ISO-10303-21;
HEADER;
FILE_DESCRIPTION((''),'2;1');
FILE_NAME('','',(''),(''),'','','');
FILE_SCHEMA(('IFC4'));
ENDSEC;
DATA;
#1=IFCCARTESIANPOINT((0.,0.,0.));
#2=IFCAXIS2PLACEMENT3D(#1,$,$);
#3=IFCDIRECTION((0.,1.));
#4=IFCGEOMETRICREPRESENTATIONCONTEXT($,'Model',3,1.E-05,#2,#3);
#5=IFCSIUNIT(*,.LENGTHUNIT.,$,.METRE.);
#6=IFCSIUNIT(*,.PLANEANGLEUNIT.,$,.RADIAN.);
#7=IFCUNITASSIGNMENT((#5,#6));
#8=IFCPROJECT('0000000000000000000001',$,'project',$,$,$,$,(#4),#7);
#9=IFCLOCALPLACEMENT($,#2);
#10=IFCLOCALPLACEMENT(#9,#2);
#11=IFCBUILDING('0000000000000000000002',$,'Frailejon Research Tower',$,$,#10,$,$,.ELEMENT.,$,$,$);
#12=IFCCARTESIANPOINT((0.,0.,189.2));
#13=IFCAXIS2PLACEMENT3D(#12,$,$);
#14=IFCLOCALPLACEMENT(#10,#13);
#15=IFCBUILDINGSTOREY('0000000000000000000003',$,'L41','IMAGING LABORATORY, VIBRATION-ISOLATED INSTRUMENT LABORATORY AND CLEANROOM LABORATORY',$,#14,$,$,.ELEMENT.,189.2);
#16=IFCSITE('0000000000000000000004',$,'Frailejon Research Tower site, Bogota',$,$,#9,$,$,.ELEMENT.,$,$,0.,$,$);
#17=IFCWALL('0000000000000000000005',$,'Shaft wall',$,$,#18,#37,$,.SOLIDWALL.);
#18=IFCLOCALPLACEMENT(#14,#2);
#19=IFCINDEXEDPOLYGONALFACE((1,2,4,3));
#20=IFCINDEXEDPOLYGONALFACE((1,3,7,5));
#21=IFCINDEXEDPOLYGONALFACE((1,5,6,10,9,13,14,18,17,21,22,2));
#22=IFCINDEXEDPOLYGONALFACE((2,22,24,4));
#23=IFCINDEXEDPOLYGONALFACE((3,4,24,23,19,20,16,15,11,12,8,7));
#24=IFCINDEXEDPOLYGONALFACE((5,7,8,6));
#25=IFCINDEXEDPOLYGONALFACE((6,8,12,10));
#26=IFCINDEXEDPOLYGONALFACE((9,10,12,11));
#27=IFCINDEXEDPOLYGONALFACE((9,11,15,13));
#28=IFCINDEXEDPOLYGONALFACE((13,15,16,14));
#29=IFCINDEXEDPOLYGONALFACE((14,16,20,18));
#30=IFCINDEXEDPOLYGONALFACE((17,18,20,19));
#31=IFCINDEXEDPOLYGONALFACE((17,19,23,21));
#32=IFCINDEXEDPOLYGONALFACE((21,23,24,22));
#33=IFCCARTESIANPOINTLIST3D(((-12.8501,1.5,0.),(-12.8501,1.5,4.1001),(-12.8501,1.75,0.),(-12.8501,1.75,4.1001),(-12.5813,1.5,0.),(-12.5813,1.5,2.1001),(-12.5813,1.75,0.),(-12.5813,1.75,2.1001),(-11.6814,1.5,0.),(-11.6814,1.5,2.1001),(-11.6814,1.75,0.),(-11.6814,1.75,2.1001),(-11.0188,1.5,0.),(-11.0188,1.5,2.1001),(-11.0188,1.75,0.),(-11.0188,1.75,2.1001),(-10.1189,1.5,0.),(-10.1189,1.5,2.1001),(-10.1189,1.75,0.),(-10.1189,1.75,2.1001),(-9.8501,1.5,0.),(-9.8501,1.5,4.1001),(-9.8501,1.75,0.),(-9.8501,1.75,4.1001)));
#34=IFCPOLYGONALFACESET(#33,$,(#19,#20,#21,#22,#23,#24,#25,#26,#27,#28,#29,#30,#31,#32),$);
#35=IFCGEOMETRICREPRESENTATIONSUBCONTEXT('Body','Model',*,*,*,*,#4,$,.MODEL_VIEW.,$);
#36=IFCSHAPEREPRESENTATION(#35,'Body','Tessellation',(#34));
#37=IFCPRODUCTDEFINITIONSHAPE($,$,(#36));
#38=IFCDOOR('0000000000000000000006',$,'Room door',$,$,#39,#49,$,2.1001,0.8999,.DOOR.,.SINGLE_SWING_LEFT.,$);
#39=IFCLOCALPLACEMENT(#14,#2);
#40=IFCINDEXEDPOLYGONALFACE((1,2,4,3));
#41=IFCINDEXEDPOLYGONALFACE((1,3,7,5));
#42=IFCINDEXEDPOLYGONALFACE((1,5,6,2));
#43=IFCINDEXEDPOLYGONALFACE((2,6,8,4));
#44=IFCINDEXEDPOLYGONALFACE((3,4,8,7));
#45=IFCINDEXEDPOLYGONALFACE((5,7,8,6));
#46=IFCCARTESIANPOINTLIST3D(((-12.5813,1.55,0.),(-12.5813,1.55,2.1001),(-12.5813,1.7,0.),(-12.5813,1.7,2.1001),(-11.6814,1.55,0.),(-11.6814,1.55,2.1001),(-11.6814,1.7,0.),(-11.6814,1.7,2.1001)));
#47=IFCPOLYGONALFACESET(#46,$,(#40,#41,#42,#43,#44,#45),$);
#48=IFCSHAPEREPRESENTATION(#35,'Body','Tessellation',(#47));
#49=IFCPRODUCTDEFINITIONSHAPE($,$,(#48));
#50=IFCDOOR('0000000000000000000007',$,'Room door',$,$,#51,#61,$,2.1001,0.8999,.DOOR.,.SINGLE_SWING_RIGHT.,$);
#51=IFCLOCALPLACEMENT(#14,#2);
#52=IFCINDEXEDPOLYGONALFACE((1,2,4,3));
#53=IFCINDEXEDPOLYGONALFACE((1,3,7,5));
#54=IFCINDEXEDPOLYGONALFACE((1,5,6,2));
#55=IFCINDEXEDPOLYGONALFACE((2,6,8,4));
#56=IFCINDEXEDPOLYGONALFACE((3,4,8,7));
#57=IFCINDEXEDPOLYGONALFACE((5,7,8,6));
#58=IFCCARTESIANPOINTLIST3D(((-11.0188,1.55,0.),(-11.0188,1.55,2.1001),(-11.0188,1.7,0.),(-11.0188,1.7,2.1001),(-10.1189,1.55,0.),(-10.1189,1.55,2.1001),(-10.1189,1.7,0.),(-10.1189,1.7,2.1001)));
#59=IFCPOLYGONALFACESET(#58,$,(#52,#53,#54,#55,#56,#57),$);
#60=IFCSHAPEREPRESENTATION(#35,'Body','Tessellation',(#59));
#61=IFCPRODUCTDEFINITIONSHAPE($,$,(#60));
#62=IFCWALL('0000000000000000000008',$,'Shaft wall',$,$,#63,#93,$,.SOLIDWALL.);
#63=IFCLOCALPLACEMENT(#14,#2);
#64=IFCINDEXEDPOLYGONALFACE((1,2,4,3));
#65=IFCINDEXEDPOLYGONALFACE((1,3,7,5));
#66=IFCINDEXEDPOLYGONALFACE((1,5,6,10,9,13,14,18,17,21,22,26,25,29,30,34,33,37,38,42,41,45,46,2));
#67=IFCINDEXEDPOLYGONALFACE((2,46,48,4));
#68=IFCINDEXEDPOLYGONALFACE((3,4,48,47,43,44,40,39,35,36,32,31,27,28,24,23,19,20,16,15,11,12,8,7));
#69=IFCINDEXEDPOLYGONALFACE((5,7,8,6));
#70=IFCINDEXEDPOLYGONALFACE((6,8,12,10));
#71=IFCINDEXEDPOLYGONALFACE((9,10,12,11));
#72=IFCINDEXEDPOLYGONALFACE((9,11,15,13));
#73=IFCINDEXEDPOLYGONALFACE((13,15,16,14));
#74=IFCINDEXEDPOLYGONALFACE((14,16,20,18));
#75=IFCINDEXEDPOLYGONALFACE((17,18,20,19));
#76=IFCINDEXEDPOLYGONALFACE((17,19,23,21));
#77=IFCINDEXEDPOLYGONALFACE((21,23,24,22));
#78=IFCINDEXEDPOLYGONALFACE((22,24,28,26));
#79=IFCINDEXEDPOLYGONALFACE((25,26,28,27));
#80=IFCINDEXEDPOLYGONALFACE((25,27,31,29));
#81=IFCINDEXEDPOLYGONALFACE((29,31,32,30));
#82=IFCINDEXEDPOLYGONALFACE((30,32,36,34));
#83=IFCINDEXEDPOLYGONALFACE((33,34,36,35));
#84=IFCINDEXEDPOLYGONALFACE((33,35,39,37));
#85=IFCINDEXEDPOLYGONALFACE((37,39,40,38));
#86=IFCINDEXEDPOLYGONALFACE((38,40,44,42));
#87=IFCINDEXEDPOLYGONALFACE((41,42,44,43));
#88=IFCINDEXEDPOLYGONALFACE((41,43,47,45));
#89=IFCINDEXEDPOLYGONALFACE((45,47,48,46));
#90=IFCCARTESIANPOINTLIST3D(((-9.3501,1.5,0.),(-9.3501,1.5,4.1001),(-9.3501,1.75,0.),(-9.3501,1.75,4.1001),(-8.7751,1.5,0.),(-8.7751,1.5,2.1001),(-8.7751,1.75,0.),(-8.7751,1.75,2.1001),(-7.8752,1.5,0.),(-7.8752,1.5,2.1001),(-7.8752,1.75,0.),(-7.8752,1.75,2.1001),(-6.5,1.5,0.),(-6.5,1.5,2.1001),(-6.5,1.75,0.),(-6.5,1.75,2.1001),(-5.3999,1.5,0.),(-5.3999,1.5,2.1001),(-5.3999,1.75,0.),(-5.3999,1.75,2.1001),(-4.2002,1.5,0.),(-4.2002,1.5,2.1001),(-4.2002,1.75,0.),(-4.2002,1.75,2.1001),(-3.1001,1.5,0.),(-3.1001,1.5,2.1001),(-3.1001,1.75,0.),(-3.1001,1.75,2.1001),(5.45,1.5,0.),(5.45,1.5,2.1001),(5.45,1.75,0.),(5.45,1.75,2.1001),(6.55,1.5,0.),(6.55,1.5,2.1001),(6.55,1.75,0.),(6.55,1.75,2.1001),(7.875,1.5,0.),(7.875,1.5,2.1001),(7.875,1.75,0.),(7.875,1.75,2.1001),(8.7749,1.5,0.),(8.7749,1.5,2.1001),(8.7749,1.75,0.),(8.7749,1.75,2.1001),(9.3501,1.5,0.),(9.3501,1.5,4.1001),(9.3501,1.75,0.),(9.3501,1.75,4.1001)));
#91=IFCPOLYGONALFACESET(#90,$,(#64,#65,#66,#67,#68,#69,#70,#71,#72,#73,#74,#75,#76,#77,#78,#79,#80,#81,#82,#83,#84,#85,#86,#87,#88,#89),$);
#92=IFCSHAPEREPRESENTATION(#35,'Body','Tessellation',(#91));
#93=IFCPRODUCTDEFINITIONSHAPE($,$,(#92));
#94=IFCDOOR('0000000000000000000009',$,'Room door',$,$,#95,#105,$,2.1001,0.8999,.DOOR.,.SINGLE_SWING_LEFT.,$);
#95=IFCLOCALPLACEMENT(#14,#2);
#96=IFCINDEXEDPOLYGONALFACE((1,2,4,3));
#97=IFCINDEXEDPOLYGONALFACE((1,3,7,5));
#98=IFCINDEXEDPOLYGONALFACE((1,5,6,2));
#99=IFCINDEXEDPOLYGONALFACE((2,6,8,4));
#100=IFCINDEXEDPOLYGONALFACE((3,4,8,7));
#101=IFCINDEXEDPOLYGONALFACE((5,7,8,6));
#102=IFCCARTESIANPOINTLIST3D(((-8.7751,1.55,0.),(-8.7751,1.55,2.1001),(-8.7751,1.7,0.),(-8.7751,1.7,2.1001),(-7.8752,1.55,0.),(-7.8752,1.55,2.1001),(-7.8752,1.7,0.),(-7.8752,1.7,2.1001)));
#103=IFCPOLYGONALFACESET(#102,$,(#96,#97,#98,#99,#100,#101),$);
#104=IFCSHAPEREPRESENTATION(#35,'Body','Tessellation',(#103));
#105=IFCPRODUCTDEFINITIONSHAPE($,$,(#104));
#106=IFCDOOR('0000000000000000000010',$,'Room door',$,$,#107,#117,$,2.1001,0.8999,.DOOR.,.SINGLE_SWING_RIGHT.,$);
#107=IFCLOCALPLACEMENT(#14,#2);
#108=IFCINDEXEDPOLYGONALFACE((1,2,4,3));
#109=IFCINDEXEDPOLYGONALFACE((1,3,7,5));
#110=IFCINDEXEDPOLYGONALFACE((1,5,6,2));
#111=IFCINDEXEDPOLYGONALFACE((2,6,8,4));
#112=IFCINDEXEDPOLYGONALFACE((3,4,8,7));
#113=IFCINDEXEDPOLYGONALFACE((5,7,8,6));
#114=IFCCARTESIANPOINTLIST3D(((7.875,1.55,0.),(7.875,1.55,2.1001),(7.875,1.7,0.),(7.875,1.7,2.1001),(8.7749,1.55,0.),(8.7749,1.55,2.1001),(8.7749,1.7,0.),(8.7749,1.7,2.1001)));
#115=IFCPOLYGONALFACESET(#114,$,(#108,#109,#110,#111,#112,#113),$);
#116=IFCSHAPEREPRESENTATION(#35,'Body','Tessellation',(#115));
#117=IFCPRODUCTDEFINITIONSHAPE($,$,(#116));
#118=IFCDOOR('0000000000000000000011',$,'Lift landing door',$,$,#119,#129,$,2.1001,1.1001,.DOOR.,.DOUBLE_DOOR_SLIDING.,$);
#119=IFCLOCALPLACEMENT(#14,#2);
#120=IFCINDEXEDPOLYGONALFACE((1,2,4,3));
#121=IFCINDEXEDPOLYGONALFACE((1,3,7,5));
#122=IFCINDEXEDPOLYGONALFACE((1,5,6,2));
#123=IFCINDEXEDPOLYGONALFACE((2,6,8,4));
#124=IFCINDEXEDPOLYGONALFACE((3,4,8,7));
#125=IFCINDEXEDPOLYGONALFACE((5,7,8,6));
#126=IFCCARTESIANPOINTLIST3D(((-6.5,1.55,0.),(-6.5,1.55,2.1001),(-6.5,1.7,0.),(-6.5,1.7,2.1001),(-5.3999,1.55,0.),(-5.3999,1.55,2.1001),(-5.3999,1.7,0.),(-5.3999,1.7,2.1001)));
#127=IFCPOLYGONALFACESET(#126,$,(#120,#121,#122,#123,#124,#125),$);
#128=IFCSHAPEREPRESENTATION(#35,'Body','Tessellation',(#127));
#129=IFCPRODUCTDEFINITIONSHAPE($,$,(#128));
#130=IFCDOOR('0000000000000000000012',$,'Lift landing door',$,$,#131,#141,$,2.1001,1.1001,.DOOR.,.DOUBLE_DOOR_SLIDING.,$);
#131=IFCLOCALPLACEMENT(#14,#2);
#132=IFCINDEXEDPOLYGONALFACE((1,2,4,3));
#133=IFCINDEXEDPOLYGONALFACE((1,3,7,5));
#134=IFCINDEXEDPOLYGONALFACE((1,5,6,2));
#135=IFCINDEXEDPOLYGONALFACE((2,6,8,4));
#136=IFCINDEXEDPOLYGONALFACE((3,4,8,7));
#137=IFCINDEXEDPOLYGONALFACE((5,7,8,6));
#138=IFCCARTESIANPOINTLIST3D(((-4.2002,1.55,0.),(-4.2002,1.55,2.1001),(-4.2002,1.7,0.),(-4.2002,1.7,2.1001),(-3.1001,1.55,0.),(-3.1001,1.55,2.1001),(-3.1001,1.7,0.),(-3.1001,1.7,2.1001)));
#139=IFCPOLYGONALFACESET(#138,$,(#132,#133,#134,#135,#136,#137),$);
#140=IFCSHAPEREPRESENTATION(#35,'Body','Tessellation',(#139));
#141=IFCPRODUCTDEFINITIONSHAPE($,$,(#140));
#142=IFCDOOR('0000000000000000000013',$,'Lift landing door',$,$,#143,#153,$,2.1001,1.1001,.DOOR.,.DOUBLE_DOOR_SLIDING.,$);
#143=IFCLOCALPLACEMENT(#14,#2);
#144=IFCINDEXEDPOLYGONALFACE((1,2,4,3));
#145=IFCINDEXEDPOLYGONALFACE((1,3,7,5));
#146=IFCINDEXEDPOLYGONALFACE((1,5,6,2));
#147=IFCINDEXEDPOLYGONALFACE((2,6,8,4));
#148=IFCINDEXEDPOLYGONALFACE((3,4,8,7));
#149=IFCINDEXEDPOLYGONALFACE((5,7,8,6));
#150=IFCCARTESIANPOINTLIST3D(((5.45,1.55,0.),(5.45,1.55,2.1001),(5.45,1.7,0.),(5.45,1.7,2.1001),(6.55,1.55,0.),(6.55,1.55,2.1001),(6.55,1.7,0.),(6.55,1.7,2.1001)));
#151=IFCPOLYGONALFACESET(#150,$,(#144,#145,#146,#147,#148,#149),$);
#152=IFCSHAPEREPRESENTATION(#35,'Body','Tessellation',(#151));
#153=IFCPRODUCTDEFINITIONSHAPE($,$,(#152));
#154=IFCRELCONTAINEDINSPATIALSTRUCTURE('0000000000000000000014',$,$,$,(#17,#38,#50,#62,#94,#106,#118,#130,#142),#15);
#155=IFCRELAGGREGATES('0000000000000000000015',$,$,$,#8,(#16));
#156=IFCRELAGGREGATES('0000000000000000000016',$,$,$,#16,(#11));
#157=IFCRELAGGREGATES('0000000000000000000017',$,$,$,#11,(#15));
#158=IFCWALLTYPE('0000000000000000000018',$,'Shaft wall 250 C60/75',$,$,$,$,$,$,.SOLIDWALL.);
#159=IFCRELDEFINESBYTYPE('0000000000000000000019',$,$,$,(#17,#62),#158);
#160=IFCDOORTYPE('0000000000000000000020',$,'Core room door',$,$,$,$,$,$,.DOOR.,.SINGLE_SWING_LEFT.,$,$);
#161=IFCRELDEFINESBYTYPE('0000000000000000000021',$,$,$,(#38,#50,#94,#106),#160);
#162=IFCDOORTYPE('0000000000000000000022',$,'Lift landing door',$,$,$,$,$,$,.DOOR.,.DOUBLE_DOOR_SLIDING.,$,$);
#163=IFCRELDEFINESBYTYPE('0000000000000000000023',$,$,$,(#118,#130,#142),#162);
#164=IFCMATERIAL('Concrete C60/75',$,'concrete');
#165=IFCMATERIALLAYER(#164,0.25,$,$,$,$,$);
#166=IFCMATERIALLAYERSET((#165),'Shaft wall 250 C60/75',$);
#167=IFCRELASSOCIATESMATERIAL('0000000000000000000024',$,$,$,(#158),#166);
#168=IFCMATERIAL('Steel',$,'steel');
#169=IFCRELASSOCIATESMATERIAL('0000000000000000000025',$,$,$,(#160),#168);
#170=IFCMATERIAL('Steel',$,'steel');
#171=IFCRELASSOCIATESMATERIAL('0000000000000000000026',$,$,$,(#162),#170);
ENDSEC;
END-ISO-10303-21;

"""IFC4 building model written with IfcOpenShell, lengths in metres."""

from ifc_helpers import new_model, si_unit, direction, frame, frame_2d, origin, place, context, subcontext, project, spatial, rectangle, extrude, material, layer, layer_set, type_object, element, fill, save


model = new_model("IFC4")

# Units and contexts
model_context = context("Model", 3, precision=1e-05, world=origin(), true_north=direction((0.0, 1.0)))
body_context = subcontext(model_context, "Body", "Model", "MODEL_VIEW")
ifc_project = project(units=[si_unit("LENGTHUNIT", "METRE"), si_unit("PLANEANGLEUNIT", "RADIAN")], contexts=[model_context])

# Site, building, storey
site_placement = place(None, origin())
site = spatial("IfcSite", under=ifc_project, at=site_placement, Name="Frailejon Research Tower site, Bogota", CompositionType="ELEMENT", RefElevation=0.0)
building_placement = place(site_placement, origin())
building = spatial("IfcBuilding", under=site, at=building_placement, Name="Frailejon Research Tower", CompositionType="ELEMENT")
storey_placement = place(building_placement, frame((0.0, 0.0, 189.2)))
storey = spatial("IfcBuildingStorey", under=building, at=storey_placement, Name="L41", Description="IMAGING LABORATORY, VIBRATION-ISOLATED INSTRUMENT LABORATORY AND CLEANROOM LABORATORY", CompositionType="ELEMENT", Elevation=189.2)

# Walls, openings, doors
ifc_material_1 = material(Name="Concrete C60/75", Category="concrete")
ifc_layer = layer(ifc_material_1, 0.25)
ifc_layer_set = layer_set([ifc_layer], Name="Shaft wall 250 C60/75")
wall_type = type_object("IfcWallType", Name="Shaft wall 250 C60/75", PredefinedType="SOLIDWALL", material=ifc_layer_set)
wall_1_placement = place(storey_placement, frame((-12.8501, 1.625, 0.0), z_axis=(0.0, 0.0, 1.0), x_axis=(1.0, 0.0, 0.0)))
wall_1 = element("IfcWall", 1, at=wall_1_placement, inside=storey, type_object=wall_type, Name="Shaft wall", PredefinedType="SOLIDWALL", context=body_context, shape_type="SweptSolid", body=[
    extrude(rectangle(XDim=3.0, YDim=0.25, at=frame_2d((1.5, 0.0))), origin(), (0.0, 0.0, 1.0), 4.1001),
])
opening_1_placement = place(wall_1_placement, frame((0.2688, 0.0, 0.0)))
opening_1 = element("IfcOpeningElement", 2, at=opening_1_placement, cuts=wall_1, PredefinedType="OPENING", context=body_context, shape_type="SweptSolid", body=[
    extrude(rectangle(XDim=0.8999, YDim=2.1001, at=frame_2d((0.45, 1.05))), frame((0.0, 0.135, 0.0), z_axis=(0.0, -1.0, 0.0), x_axis=(1.0, 0.0, 0.0)), (0.0, 0.0, 1.0), 0.27),
])
opening_2_placement = place(wall_1_placement, frame((1.8313, 0.0, 0.0)))
opening_2 = element("IfcOpeningElement", 3, at=opening_2_placement, cuts=wall_1, PredefinedType="OPENING", context=body_context, shape_type="SweptSolid", body=[
    extrude(rectangle(XDim=0.8999, YDim=2.1001, at=frame_2d((0.45, 1.05))), frame((0.0, 0.135, 0.0), z_axis=(0.0, -1.0, 0.0), x_axis=(1.0, 0.0, 0.0)), (0.0, 0.0, 1.0), 0.27),
])
ifc_material_2 = material(Name="Steel", Category="steel")
door_type_1 = type_object("IfcDoorType", Name="Core room door", OperationType="SINGLE_SWING_LEFT", PredefinedType="DOOR", material=ifc_material_2)
door_1_placement = place(opening_1_placement, origin())
door_1 = element("IfcDoor", 4, at=door_1_placement, inside=storey, type_object=door_type_1, Name="Room door", OperationType="SINGLE_SWING_LEFT", OverallHeight=2.1001, OverallWidth=0.8999, PredefinedType="DOOR", context=body_context, shape_type="SweptSolid", body=[
    extrude(rectangle(XDim=0.8999, YDim=2.1001, at=frame_2d((0.45, 1.05))), frame((0.0, 0.075, 0.0), z_axis=(0.0, -1.0, 0.0), x_axis=(1.0, 0.0, 0.0)), (0.0, 0.0, 1.0), 0.1499),
])
fill(opening_1, door_1)
door_2_placement = place(opening_2_placement, origin())
door_2 = element("IfcDoor", 5, at=door_2_placement, inside=storey, type_object=door_type_1, Name="Room door", OperationType="SINGLE_SWING_RIGHT", OverallHeight=2.1001, OverallWidth=0.8999, PredefinedType="DOOR", context=body_context, shape_type="SweptSolid", body=[
    extrude(rectangle(XDim=0.8999, YDim=2.1001, at=frame_2d((0.45, 1.05))), frame((0.0, 0.075, 0.0), z_axis=(0.0, -1.0, 0.0), x_axis=(1.0, 0.0, 0.0)), (0.0, 0.0, 1.0), 0.1499),
])
fill(opening_2, door_2)
wall_2_placement = place(storey_placement, frame((-9.3501, 1.625, 0.0), z_axis=(0.0, 0.0, 1.0), x_axis=(1.0, 0.0, 0.0)))
wall_2 = element("IfcWall", 6, at=wall_2_placement, inside=storey, type_object=wall_type, Name="Shaft wall", PredefinedType="SOLIDWALL", context=body_context, shape_type="SweptSolid", body=[
    extrude(rectangle(XDim=18.7002, YDim=0.25, at=frame_2d((9.3501, 0.0))), origin(), (0.0, 0.0, 1.0), 4.1001),
])
opening_3_placement = place(wall_2_placement, frame((2.8501, 0.0, 0.0)))
opening_3 = element("IfcOpeningElement", 7, at=opening_3_placement, cuts=wall_2, PredefinedType="OPENING", context=body_context, shape_type="SweptSolid", body=[
    extrude(rectangle(XDim=1.1001, YDim=2.1001, at=frame_2d((0.55, 1.05))), frame((0.0, 0.135, 0.0), z_axis=(0.0, -1.0, 0.0), x_axis=(1.0, 0.0, 0.0)), (0.0, 0.0, 1.0), 0.27),
])
opening_4_placement = place(wall_2_placement, frame((5.1499, 0.0, 0.0)))
opening_4 = element("IfcOpeningElement", 8, at=opening_4_placement, cuts=wall_2, PredefinedType="OPENING", context=body_context, shape_type="SweptSolid", body=[
    extrude(rectangle(XDim=1.1001, YDim=2.1001, at=frame_2d((0.55, 1.05))), frame((0.0, 0.135, 0.0), z_axis=(0.0, -1.0, 0.0), x_axis=(1.0, 0.0, 0.0)), (0.0, 0.0, 1.0), 0.27),
])
opening_5_placement = place(wall_2_placement, frame((14.8, 0.0, 0.0)))
opening_5 = element("IfcOpeningElement", 9, at=opening_5_placement, cuts=wall_2, PredefinedType="OPENING", context=body_context, shape_type="SweptSolid", body=[
    extrude(rectangle(XDim=1.1001, YDim=2.1001, at=frame_2d((0.55, 1.05))), frame((0.0, 0.135, 0.0), z_axis=(0.0, -1.0, 0.0), x_axis=(1.0, 0.0, 0.0)), (0.0, 0.0, 1.0), 0.27),
])
opening_6_placement = place(wall_2_placement, frame((0.575, 0.0, 0.0)))
opening_6 = element("IfcOpeningElement", 10, at=opening_6_placement, cuts=wall_2, PredefinedType="OPENING", context=body_context, shape_type="SweptSolid", body=[
    extrude(rectangle(XDim=0.8999, YDim=2.1001, at=frame_2d((0.45, 1.05))), frame((0.0, 0.135, 0.0), z_axis=(0.0, -1.0, 0.0), x_axis=(1.0, 0.0, 0.0)), (0.0, 0.0, 1.0), 0.27),
])
opening_7_placement = place(wall_2_placement, frame((17.2251, 0.0, 0.0)))
opening_7 = element("IfcOpeningElement", 11, at=opening_7_placement, cuts=wall_2, PredefinedType="OPENING", context=body_context, shape_type="SweptSolid", body=[
    extrude(rectangle(XDim=0.8999, YDim=2.1001, at=frame_2d((0.45, 1.05))), frame((0.0, 0.135, 0.0), z_axis=(0.0, -1.0, 0.0), x_axis=(1.0, 0.0, 0.0)), (0.0, 0.0, 1.0), 0.27),
])
door_3_placement = place(opening_6_placement, origin())
door_3 = element("IfcDoor", 12, at=door_3_placement, inside=storey, type_object=door_type_1, Name="Room door", OperationType="SINGLE_SWING_LEFT", OverallHeight=2.1001, OverallWidth=0.8999, PredefinedType="DOOR", context=body_context, shape_type="SweptSolid", body=[
    extrude(rectangle(XDim=0.8999, YDim=2.1001, at=frame_2d((0.45, 1.05))), frame((0.0, 0.075, 0.0), z_axis=(0.0, -1.0, 0.0), x_axis=(1.0, 0.0, 0.0)), (0.0, 0.0, 1.0), 0.1499),
])
fill(opening_6, door_3)
door_4_placement = place(opening_7_placement, origin())
door_4 = element("IfcDoor", 13, at=door_4_placement, inside=storey, type_object=door_type_1, Name="Room door", OperationType="SINGLE_SWING_RIGHT", OverallHeight=2.1001, OverallWidth=0.8999, PredefinedType="DOOR", context=body_context, shape_type="SweptSolid", body=[
    extrude(rectangle(XDim=0.8999, YDim=2.1001, at=frame_2d((0.45, 1.05))), frame((0.0, 0.075, 0.0), z_axis=(0.0, -1.0, 0.0), x_axis=(1.0, 0.0, 0.0)), (0.0, 0.0, 1.0), 0.1499),
])
fill(opening_7, door_4)
ifc_material_3 = material(Name="Steel", Category="steel")
door_type_2 = type_object("IfcDoorType", Name="Lift landing door", OperationType="DOUBLE_DOOR_SLIDING", PredefinedType="DOOR", material=ifc_material_3)
door_5_placement = place(opening_3_placement, origin())
door_5 = element("IfcDoor", 14, at=door_5_placement, inside=storey, type_object=door_type_2, Name="Lift landing door", OperationType="DOUBLE_DOOR_SLIDING", OverallHeight=2.1001, OverallWidth=1.1001, PredefinedType="DOOR", context=body_context, shape_type="SweptSolid", body=[
    extrude(rectangle(XDim=1.1001, YDim=2.1001, at=frame_2d((0.55, 1.05))), frame((0.0, 0.075, 0.0), z_axis=(0.0, -1.0, 0.0), x_axis=(1.0, 0.0, 0.0)), (0.0, 0.0, 1.0), 0.1499),
])
fill(opening_3, door_5)
door_6_placement = place(opening_4_placement, origin())
door_6 = element("IfcDoor", 15, at=door_6_placement, inside=storey, type_object=door_type_2, Name="Lift landing door", OperationType="DOUBLE_DOOR_SLIDING", OverallHeight=2.1001, OverallWidth=1.1001, PredefinedType="DOOR", context=body_context, shape_type="SweptSolid", body=[
    extrude(rectangle(XDim=1.1001, YDim=2.1001, at=frame_2d((0.55, 1.05))), frame((0.0, 0.075, 0.0), z_axis=(0.0, -1.0, 0.0), x_axis=(1.0, 0.0, 0.0)), (0.0, 0.0, 1.0), 0.1499),
])
fill(opening_4, door_6)
door_7_placement = place(opening_5_placement, origin())
door_7 = element("IfcDoor", 16, at=door_7_placement, inside=storey, type_object=door_type_2, Name="Lift landing door", OperationType="DOUBLE_DOOR_SLIDING", OverallHeight=2.1001, OverallWidth=1.1001, PredefinedType="DOOR", context=body_context, shape_type="SweptSolid", body=[
    extrude(rectangle(XDim=1.1001, YDim=2.1001, at=frame_2d((0.55, 1.05))), frame((0.0, 0.075, 0.0), z_axis=(0.0, -1.0, 0.0), x_axis=(1.0, 0.0, 0.0)), (0.0, 0.0, 1.0), 0.1499),
])
fill(opening_5, door_7)

save(model, "model.ifc")
